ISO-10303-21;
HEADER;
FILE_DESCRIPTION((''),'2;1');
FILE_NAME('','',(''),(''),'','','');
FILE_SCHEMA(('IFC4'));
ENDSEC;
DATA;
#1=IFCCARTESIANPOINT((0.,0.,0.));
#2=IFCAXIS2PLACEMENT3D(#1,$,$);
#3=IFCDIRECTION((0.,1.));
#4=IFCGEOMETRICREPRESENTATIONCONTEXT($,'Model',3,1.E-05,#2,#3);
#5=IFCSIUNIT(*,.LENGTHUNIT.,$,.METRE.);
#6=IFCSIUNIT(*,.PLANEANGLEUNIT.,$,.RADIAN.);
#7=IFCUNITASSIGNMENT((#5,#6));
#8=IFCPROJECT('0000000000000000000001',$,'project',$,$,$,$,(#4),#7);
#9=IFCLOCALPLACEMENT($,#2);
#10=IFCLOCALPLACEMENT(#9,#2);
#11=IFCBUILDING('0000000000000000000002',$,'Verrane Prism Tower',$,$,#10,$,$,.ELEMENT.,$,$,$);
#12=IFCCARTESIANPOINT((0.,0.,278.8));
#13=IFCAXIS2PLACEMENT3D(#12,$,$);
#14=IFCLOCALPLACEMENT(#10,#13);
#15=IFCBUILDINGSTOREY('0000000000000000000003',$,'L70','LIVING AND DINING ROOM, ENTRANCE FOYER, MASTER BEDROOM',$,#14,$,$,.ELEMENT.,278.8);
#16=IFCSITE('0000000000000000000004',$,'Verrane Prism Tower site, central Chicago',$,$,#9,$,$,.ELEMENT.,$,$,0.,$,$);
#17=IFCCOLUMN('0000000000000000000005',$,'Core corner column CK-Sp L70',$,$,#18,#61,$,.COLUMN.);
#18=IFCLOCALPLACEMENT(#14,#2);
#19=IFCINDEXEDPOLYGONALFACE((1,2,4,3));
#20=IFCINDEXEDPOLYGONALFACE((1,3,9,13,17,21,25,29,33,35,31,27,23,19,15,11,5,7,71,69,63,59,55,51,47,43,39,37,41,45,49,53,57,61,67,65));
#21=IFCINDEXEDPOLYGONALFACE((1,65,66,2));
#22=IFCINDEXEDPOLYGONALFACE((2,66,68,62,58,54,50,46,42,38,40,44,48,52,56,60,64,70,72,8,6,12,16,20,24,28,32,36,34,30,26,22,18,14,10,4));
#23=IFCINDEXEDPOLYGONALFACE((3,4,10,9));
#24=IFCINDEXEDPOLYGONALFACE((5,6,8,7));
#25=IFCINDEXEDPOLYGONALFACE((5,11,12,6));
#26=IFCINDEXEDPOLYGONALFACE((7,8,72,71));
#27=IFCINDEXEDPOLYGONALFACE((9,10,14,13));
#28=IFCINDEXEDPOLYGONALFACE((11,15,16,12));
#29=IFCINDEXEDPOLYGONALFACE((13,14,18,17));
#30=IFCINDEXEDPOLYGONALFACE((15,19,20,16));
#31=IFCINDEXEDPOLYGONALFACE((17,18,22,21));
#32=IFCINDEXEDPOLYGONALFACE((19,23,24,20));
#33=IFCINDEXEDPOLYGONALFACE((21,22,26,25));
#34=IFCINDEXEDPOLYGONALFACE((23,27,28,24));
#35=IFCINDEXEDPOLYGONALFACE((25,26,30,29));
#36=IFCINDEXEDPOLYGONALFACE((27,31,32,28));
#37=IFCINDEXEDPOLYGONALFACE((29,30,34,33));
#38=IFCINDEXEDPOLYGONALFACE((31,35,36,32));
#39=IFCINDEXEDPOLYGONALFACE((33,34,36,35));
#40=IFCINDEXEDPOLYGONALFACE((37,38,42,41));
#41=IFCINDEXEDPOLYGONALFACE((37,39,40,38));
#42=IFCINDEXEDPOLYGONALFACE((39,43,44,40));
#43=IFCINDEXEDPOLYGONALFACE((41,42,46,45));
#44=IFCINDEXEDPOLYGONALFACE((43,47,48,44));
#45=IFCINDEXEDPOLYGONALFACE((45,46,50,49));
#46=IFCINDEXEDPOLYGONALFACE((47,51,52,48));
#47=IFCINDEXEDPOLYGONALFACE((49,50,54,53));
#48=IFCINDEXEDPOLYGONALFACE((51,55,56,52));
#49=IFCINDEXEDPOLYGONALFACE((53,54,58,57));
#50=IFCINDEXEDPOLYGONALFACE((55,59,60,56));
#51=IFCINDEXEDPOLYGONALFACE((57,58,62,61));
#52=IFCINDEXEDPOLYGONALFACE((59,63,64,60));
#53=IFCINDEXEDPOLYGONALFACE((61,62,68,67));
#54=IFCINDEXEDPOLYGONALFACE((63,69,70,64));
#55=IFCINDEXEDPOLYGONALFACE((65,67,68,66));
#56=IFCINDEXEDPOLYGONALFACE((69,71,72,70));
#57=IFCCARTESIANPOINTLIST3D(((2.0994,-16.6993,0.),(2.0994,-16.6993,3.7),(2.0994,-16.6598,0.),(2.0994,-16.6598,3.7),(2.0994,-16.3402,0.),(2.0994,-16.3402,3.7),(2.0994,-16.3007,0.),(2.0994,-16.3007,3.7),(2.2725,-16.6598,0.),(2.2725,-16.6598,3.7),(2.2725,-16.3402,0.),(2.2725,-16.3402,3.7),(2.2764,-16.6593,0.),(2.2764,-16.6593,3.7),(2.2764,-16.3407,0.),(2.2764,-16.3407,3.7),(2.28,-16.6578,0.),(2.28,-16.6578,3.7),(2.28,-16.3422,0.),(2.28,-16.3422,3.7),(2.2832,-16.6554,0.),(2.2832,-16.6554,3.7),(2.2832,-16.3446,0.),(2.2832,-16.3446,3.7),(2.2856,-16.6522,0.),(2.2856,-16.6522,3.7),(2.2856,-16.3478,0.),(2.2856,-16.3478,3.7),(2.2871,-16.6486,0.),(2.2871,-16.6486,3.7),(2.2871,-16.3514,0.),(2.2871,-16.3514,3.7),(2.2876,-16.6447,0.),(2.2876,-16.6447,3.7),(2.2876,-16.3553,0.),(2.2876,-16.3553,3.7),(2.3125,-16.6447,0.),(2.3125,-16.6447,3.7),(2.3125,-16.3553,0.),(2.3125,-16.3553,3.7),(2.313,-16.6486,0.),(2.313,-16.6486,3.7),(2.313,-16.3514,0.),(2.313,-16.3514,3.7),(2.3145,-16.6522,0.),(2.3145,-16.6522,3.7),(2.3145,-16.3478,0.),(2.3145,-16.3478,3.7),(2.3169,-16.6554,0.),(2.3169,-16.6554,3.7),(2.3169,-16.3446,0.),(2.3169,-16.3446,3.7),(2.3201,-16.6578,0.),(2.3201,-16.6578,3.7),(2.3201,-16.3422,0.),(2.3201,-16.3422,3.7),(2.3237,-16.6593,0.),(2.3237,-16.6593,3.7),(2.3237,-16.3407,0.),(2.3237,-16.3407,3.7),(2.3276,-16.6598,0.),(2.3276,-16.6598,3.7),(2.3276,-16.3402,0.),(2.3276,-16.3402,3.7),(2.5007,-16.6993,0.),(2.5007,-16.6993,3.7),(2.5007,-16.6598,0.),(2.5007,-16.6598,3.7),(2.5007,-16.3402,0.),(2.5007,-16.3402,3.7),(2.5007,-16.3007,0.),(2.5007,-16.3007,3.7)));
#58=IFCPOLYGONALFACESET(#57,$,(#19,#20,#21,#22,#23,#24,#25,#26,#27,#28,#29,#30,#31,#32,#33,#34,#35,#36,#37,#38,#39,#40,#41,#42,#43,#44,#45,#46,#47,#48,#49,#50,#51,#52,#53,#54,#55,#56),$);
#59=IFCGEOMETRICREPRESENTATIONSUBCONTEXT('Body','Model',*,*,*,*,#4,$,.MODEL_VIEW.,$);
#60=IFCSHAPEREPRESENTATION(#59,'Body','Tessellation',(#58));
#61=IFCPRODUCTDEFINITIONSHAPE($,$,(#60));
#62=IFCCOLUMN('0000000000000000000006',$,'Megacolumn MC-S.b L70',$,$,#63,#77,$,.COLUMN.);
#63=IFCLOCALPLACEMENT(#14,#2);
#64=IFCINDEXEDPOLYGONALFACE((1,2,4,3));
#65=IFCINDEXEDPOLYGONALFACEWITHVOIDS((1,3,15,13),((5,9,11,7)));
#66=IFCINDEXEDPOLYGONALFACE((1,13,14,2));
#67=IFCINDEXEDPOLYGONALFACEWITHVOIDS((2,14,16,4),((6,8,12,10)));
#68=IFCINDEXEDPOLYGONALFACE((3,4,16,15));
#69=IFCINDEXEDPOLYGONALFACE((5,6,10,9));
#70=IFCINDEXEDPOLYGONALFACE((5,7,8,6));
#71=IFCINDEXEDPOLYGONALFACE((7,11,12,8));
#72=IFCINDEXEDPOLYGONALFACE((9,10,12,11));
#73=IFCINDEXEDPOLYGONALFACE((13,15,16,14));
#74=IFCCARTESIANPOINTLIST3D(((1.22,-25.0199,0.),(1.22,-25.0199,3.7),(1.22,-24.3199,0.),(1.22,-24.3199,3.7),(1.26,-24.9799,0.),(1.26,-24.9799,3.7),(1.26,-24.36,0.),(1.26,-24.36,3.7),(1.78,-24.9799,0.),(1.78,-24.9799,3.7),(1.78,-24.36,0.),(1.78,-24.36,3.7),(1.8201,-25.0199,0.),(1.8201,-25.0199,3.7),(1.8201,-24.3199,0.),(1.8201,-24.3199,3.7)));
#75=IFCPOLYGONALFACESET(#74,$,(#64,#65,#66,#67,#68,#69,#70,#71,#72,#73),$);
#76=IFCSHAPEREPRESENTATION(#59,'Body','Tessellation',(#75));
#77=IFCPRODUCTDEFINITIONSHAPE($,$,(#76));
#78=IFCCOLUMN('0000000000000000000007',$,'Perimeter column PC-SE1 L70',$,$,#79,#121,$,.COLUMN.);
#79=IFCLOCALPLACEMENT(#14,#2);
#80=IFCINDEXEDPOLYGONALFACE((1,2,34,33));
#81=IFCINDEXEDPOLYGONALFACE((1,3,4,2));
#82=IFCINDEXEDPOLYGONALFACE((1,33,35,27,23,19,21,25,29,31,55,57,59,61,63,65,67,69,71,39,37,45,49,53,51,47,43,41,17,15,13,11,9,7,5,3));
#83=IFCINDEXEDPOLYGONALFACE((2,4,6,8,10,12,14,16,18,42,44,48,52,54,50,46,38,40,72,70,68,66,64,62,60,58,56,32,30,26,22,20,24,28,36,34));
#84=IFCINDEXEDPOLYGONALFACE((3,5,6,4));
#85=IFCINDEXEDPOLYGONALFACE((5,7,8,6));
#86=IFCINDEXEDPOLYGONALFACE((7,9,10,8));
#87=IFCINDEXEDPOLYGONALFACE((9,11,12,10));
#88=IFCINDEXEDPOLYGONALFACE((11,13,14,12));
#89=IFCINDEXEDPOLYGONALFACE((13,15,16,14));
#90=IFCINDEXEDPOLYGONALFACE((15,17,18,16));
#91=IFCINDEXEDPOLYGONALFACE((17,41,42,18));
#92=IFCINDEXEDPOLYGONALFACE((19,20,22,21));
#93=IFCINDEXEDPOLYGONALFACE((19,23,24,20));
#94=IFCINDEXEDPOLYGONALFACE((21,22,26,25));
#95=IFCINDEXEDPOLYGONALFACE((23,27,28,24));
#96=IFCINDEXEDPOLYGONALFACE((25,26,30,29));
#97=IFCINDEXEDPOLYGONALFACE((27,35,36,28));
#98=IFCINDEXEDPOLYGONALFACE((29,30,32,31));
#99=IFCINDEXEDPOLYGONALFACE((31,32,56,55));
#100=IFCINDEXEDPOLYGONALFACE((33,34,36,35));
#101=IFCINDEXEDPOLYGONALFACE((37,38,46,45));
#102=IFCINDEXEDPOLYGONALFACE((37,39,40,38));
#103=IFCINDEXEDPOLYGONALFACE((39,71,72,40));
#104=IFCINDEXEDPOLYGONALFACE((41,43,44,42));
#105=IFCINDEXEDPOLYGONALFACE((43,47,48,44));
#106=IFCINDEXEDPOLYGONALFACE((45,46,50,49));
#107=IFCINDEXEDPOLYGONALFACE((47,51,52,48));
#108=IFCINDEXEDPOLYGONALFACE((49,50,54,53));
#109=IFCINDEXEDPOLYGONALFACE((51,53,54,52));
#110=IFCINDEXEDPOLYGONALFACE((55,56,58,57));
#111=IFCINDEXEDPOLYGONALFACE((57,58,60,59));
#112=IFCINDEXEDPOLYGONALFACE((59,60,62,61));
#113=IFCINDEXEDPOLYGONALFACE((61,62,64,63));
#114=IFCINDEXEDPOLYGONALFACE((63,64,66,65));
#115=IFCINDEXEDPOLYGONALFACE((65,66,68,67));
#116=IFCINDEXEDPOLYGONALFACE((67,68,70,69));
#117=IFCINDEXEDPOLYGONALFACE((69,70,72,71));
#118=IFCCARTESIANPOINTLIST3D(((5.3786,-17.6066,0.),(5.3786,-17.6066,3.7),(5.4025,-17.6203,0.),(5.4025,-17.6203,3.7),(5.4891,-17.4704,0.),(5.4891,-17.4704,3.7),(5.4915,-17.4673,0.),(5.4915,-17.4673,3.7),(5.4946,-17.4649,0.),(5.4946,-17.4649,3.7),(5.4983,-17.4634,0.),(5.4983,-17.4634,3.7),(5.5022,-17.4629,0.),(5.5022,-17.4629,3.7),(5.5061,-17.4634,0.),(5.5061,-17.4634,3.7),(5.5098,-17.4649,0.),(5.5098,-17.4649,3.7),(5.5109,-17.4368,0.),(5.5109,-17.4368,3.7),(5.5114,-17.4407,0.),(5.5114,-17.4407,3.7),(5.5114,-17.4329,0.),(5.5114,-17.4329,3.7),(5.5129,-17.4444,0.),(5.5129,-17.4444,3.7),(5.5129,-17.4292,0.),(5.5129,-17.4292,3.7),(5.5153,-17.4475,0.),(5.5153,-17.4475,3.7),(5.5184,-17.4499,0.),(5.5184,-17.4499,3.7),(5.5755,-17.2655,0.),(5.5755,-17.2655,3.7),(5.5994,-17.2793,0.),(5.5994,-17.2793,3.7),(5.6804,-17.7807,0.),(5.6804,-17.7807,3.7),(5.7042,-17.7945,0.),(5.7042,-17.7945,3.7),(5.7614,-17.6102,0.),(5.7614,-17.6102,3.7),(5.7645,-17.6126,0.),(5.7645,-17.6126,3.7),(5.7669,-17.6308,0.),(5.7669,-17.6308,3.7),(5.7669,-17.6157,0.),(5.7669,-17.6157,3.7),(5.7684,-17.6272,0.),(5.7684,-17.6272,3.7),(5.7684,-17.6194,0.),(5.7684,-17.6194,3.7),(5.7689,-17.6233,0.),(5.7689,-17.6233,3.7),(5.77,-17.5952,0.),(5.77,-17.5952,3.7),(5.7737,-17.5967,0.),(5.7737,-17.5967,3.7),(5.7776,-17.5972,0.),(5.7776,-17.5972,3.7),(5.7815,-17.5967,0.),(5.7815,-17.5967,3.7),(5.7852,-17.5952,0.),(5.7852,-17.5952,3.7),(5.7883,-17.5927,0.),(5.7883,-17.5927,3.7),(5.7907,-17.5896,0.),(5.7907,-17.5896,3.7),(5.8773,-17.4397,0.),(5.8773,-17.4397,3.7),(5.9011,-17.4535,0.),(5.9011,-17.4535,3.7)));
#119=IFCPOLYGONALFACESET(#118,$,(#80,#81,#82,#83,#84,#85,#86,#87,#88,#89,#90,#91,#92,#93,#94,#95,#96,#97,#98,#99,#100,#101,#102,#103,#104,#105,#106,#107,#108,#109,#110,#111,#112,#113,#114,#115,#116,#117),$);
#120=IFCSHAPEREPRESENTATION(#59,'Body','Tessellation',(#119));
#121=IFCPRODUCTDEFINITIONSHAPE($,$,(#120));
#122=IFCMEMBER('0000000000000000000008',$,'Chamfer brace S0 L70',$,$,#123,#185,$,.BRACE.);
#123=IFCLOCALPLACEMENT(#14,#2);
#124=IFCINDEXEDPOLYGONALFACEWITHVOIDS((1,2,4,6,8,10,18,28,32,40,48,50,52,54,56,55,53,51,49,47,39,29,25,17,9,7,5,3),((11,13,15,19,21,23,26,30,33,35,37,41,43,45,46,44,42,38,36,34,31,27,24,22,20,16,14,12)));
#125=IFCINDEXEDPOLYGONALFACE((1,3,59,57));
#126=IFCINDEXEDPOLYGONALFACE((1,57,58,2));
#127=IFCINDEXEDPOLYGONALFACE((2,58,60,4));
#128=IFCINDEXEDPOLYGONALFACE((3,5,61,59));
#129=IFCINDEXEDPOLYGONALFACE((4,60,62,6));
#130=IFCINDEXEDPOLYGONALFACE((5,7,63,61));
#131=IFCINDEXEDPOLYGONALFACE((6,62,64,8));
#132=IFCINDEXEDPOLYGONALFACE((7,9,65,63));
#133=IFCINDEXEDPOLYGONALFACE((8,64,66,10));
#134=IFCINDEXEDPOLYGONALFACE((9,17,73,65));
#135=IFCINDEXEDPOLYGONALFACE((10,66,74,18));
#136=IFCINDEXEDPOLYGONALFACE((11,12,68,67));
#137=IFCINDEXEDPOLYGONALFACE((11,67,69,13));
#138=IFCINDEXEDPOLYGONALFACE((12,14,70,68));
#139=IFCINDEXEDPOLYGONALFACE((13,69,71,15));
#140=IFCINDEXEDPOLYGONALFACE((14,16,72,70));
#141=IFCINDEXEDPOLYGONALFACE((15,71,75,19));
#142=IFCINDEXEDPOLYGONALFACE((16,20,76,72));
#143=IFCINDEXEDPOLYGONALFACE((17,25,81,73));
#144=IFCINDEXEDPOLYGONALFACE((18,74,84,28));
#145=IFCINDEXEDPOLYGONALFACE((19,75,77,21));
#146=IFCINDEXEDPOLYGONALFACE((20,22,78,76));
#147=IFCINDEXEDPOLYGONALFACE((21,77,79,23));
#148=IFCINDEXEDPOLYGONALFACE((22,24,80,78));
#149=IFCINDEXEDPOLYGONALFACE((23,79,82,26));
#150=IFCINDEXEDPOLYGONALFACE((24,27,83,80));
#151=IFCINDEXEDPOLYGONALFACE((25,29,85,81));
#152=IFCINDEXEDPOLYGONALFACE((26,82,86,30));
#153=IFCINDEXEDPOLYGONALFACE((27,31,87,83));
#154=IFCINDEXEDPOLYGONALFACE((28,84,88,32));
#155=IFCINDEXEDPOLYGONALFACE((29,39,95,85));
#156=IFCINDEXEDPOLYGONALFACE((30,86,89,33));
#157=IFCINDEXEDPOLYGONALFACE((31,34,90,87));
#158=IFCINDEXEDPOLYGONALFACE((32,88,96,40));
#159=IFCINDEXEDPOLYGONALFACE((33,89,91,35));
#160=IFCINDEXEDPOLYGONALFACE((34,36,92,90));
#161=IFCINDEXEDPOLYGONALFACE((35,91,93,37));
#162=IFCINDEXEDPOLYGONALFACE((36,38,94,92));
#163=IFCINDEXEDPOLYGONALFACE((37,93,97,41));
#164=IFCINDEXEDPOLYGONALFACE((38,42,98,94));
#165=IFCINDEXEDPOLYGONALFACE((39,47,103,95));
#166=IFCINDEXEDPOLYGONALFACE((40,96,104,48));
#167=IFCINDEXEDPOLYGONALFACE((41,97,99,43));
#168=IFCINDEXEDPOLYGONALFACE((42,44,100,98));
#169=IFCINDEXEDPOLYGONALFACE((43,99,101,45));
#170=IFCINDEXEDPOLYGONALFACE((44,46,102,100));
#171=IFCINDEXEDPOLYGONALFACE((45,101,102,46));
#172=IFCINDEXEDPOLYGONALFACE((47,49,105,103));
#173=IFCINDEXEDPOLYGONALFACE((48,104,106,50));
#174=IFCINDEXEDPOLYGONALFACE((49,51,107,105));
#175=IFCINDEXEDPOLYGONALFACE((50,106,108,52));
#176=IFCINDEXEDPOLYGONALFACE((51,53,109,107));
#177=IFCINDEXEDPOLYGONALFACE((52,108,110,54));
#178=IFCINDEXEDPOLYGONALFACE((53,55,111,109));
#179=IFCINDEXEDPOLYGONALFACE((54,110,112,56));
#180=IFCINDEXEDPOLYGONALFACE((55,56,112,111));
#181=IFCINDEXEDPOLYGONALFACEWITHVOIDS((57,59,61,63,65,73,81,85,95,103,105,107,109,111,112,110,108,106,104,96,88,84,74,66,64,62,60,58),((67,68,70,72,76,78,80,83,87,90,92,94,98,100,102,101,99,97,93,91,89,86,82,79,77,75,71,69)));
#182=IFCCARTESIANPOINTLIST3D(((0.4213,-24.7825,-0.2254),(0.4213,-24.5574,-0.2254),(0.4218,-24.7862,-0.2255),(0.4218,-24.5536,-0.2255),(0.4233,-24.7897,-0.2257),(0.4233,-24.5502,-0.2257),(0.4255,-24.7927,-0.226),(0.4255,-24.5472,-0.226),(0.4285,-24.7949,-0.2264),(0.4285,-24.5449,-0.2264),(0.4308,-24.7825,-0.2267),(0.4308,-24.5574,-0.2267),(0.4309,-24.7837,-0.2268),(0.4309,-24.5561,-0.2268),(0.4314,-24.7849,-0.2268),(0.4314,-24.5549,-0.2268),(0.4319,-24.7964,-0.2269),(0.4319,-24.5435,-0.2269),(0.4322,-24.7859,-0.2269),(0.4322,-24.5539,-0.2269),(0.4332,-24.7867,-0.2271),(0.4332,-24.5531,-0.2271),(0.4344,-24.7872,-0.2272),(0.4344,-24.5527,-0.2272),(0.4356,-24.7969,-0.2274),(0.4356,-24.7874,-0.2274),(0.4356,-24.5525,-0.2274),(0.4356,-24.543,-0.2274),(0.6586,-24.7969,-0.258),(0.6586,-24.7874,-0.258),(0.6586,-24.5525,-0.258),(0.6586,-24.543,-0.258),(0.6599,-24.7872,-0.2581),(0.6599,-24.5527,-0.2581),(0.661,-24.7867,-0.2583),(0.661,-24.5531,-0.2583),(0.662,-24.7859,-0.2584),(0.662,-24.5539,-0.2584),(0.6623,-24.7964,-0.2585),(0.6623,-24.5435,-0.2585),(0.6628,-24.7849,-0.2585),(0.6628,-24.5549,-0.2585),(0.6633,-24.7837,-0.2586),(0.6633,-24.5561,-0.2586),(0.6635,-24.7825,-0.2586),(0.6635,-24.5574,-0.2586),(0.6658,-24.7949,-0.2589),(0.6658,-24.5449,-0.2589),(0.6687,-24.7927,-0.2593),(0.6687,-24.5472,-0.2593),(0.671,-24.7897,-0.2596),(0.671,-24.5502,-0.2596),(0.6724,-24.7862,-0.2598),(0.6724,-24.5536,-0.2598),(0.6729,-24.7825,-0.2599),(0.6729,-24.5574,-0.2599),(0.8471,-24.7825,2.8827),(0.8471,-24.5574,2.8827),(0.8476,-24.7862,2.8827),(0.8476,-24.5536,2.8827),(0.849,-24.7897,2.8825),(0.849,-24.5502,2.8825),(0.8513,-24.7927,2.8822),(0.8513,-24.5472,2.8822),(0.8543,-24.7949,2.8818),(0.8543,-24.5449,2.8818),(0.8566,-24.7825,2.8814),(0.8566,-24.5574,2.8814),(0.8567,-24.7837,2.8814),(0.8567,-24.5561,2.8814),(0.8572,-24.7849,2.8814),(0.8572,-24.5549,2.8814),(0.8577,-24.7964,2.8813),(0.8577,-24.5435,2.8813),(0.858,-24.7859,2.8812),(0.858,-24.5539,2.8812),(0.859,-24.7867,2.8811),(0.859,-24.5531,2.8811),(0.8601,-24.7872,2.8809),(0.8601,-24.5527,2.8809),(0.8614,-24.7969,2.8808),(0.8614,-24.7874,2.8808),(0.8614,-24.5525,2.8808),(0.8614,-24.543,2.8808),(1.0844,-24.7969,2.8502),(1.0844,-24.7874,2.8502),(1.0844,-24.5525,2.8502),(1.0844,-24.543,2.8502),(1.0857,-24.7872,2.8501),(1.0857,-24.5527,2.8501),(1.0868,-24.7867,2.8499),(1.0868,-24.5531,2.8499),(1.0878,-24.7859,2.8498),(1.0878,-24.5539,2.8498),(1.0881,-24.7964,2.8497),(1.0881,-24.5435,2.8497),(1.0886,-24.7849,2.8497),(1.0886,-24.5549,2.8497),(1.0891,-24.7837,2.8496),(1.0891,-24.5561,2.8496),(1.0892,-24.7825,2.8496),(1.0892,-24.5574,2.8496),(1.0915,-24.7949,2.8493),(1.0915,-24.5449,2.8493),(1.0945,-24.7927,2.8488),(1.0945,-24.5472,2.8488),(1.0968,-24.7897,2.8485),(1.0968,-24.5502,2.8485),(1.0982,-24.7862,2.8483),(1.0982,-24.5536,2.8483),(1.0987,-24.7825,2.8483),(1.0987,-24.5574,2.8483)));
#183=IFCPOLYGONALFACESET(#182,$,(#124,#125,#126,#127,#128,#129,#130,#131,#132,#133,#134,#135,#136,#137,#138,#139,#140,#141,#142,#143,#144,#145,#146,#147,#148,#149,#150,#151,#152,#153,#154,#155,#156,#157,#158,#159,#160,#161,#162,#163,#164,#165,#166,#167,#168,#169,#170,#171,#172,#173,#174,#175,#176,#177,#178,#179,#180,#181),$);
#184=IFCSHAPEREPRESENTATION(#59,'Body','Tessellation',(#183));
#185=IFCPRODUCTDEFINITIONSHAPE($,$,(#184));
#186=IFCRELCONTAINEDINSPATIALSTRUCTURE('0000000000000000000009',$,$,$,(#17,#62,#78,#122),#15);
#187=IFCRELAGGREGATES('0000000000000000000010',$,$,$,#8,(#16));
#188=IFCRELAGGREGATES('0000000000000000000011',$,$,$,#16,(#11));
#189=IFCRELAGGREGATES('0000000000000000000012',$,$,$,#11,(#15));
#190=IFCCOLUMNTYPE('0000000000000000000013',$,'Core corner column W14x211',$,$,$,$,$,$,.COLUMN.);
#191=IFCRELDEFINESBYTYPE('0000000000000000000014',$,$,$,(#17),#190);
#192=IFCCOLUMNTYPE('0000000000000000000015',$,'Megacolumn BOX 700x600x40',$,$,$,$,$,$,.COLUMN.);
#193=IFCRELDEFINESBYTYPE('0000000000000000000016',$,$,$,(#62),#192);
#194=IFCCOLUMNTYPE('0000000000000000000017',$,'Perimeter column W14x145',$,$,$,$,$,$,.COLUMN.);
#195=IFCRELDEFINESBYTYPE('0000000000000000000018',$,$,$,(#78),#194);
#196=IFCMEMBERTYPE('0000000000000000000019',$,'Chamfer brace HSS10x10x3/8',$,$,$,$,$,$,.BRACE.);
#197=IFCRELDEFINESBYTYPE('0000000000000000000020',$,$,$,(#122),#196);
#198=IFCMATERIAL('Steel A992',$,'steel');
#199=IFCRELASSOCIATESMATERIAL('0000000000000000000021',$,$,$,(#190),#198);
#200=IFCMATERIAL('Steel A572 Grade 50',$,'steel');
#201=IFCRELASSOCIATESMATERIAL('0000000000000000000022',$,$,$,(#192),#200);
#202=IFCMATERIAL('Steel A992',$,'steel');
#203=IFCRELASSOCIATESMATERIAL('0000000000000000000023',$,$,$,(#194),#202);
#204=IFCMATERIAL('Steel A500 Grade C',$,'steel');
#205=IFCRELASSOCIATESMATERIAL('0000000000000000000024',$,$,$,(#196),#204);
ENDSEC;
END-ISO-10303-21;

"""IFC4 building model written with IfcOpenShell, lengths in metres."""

from ifc_helpers import new_model, si_unit, direction, frame, origin, origin_2d, place, context, subcontext, project, spatial, hollow_rectangle, i_section, extrude, material, material_profile, profile_set, type_object, element, save


model = new_model("IFC4")

# Units and contexts
model_context = context("Model", 3, precision=1e-05, world=origin(), true_north=direction((0.0, 1.0)))
body_context = subcontext(model_context, "Body", "Model", "MODEL_VIEW")
ifc_project = project(units=[si_unit("LENGTHUNIT", "METRE"), si_unit("PLANEANGLEUNIT", "RADIAN")], contexts=[model_context])

# Site, building, storey
site_placement = place(None, origin())
site = spatial("IfcSite", under=ifc_project, at=site_placement, Name="Verrane Prism Tower site, central Chicago", CompositionType="ELEMENT", RefElevation=0.0)
building_placement = place(site_placement, origin())
building = spatial("IfcBuilding", under=site, at=building_placement, Name="Verrane Prism Tower", CompositionType="ELEMENT")
storey_placement = place(building_placement, frame((0.0, 0.0, 278.8)))
storey = spatial("IfcBuildingStorey", under=building, at=storey_placement, Name="L70", Description="LIVING AND DINING ROOM, ENTRANCE FOYER, MASTER BEDROOM", CompositionType="ELEMENT", Elevation=278.8)

# Columns
ifc_material_1 = material(Name="Steel A992", Category="steel")
ifc_material_profile_1 = material_profile(ifc_material_1, i_section(OverallWidth=0.4014, OverallDepth=0.3987, WebThickness=0.0249, FlangeThickness=0.0396, FilletRadius=0.0151, at=origin_2d()), Name="W14x211")
ifc_profile_set_1 = profile_set([ifc_material_profile_1], Name="Steel A992")
column_type_1 = type_object("IfcColumnType", Name="Core corner column W14x211", PredefinedType="COLUMN", material=ifc_profile_set_1)
column_1_placement = place(storey_placement, frame((2.3, -16.5, 0.0), z_axis=(0.0, 0.0, 1.0), x_axis=(-1.0, 0.0, 0.0)))
element("IfcColumn", 1, at=column_1_placement, inside=storey, type_object=column_type_1, Name="Core corner column CK-Sp L70", PredefinedType="COLUMN", context=body_context, shape_type="SweptSolid", body=[
    extrude(i_section(OverallWidth=0.4014, OverallDepth=0.3987, WebThickness=0.0249, FlangeThickness=0.0396, FilletRadius=0.0151, at=origin_2d()), origin(), (0.0, 0.0, 1.0), 3.7),
])
ifc_material_2 = material(Name="Steel A572 Grade 50", Category="steel")
ifc_material_profile_2 = material_profile(ifc_material_2, hollow_rectangle(XDim=0.6001, YDim=0.7, WallThickness=0.04, at=origin_2d()), Name="BOX 700x600x40")
ifc_profile_set_2 = profile_set([ifc_material_profile_2], Name="Steel A572 Grade 50")
column_type_2 = type_object("IfcColumnType", Name="Megacolumn BOX 700x600x40", PredefinedType="COLUMN", material=ifc_profile_set_2)
column_2_placement = place(storey_placement, frame((1.52, -24.6699, 0.0), z_axis=(0.0, 0.0, 1.0), x_axis=(-1.0, 0.0, 0.0)))
element("IfcColumn", 2, at=column_2_placement, inside=storey, type_object=column_type_2, Name="Megacolumn MC-S.b L70", PredefinedType="COLUMN", context=body_context, shape_type="SweptSolid", body=[
    extrude(hollow_rectangle(XDim=0.6001, YDim=0.7, WallThickness=0.04, at=origin_2d()), origin(), (0.0, 0.0, 1.0), 3.7),
])
ifc_material_3 = material(Name="Steel A992", Category="steel")
ifc_material_profile_3 = material_profile(ifc_material_3, i_section(OverallWidth=0.3938, OverallDepth=0.376, WebThickness=0.0173, FlangeThickness=0.0276, FilletRadius=0.0151, at=origin_2d()), Name="W14x145")
ifc_profile_set_3 = profile_set([ifc_material_profile_3], Name="Steel A992")
column_type_3 = type_object("IfcColumnType", Name="Perimeter column W14x145", PredefinedType="COLUMN", material=ifc_profile_set_3)
column_3_placement = place(storey_placement, frame((5.6399, -17.53, 0.0), z_axis=(0.0, 0.0, 1.0), x_axis=(-0.5, -0.866025, 0.0)))
element("IfcColumn", 3, at=column_3_placement, inside=storey, type_object=column_type_3, Name="Perimeter column PC-SE1 L70", PredefinedType="COLUMN", context=body_context, shape_type="SweptSolid", body=[
    extrude(i_section(OverallWidth=0.3938, OverallDepth=0.376, WebThickness=0.0173, FlangeThickness=0.0276, FilletRadius=0.0151, at=origin_2d()), origin(), (0.0, 0.0, 1.0), 3.7),
])

# Member
ifc_material_4 = material(Name="Steel A500 Grade C", Category="steel")
ifc_material_profile_4 = material_profile(ifc_material_4, hollow_rectangle(XDim=0.2539, YDim=0.2539, WallThickness=0.0095, InnerFilletRadius=0.0049, OuterFilletRadius=0.0144, at=origin_2d()), Name="HSS10x10x3/8")
ifc_profile_set_4 = profile_set([ifc_material_profile_4], Name="Steel A500 Grade C")
member_type_1 = type_object("IfcMemberType", Name="Chamfer brace HSS10x10x3/8", PredefinedType="BRACE", material=ifc_profile_set_4)
member_1_placement = place(storey_placement, frame((0.5471, -24.6699, -0.2427), z_axis=(0.135721, 0.0, 0.990747), x_axis=(0.0, 1.0, 0.0)))
element("IfcMember", 4, at=member_1_placement, inside=storey, type_object=member_type_1, Name="Chamfer brace S0 L70", PredefinedType="BRACE", context=body_context, shape_type="SweptSolid", body=[
    extrude(hollow_rectangle(XDim=0.2539, YDim=0.2539, WallThickness=0.0095, InnerFilletRadius=0.0049, OuterFilletRadius=0.0144, at=origin_2d()), origin(), (0.0, 0.0, 1.0), 3.1372),
])

save(model, "model.ifc")
